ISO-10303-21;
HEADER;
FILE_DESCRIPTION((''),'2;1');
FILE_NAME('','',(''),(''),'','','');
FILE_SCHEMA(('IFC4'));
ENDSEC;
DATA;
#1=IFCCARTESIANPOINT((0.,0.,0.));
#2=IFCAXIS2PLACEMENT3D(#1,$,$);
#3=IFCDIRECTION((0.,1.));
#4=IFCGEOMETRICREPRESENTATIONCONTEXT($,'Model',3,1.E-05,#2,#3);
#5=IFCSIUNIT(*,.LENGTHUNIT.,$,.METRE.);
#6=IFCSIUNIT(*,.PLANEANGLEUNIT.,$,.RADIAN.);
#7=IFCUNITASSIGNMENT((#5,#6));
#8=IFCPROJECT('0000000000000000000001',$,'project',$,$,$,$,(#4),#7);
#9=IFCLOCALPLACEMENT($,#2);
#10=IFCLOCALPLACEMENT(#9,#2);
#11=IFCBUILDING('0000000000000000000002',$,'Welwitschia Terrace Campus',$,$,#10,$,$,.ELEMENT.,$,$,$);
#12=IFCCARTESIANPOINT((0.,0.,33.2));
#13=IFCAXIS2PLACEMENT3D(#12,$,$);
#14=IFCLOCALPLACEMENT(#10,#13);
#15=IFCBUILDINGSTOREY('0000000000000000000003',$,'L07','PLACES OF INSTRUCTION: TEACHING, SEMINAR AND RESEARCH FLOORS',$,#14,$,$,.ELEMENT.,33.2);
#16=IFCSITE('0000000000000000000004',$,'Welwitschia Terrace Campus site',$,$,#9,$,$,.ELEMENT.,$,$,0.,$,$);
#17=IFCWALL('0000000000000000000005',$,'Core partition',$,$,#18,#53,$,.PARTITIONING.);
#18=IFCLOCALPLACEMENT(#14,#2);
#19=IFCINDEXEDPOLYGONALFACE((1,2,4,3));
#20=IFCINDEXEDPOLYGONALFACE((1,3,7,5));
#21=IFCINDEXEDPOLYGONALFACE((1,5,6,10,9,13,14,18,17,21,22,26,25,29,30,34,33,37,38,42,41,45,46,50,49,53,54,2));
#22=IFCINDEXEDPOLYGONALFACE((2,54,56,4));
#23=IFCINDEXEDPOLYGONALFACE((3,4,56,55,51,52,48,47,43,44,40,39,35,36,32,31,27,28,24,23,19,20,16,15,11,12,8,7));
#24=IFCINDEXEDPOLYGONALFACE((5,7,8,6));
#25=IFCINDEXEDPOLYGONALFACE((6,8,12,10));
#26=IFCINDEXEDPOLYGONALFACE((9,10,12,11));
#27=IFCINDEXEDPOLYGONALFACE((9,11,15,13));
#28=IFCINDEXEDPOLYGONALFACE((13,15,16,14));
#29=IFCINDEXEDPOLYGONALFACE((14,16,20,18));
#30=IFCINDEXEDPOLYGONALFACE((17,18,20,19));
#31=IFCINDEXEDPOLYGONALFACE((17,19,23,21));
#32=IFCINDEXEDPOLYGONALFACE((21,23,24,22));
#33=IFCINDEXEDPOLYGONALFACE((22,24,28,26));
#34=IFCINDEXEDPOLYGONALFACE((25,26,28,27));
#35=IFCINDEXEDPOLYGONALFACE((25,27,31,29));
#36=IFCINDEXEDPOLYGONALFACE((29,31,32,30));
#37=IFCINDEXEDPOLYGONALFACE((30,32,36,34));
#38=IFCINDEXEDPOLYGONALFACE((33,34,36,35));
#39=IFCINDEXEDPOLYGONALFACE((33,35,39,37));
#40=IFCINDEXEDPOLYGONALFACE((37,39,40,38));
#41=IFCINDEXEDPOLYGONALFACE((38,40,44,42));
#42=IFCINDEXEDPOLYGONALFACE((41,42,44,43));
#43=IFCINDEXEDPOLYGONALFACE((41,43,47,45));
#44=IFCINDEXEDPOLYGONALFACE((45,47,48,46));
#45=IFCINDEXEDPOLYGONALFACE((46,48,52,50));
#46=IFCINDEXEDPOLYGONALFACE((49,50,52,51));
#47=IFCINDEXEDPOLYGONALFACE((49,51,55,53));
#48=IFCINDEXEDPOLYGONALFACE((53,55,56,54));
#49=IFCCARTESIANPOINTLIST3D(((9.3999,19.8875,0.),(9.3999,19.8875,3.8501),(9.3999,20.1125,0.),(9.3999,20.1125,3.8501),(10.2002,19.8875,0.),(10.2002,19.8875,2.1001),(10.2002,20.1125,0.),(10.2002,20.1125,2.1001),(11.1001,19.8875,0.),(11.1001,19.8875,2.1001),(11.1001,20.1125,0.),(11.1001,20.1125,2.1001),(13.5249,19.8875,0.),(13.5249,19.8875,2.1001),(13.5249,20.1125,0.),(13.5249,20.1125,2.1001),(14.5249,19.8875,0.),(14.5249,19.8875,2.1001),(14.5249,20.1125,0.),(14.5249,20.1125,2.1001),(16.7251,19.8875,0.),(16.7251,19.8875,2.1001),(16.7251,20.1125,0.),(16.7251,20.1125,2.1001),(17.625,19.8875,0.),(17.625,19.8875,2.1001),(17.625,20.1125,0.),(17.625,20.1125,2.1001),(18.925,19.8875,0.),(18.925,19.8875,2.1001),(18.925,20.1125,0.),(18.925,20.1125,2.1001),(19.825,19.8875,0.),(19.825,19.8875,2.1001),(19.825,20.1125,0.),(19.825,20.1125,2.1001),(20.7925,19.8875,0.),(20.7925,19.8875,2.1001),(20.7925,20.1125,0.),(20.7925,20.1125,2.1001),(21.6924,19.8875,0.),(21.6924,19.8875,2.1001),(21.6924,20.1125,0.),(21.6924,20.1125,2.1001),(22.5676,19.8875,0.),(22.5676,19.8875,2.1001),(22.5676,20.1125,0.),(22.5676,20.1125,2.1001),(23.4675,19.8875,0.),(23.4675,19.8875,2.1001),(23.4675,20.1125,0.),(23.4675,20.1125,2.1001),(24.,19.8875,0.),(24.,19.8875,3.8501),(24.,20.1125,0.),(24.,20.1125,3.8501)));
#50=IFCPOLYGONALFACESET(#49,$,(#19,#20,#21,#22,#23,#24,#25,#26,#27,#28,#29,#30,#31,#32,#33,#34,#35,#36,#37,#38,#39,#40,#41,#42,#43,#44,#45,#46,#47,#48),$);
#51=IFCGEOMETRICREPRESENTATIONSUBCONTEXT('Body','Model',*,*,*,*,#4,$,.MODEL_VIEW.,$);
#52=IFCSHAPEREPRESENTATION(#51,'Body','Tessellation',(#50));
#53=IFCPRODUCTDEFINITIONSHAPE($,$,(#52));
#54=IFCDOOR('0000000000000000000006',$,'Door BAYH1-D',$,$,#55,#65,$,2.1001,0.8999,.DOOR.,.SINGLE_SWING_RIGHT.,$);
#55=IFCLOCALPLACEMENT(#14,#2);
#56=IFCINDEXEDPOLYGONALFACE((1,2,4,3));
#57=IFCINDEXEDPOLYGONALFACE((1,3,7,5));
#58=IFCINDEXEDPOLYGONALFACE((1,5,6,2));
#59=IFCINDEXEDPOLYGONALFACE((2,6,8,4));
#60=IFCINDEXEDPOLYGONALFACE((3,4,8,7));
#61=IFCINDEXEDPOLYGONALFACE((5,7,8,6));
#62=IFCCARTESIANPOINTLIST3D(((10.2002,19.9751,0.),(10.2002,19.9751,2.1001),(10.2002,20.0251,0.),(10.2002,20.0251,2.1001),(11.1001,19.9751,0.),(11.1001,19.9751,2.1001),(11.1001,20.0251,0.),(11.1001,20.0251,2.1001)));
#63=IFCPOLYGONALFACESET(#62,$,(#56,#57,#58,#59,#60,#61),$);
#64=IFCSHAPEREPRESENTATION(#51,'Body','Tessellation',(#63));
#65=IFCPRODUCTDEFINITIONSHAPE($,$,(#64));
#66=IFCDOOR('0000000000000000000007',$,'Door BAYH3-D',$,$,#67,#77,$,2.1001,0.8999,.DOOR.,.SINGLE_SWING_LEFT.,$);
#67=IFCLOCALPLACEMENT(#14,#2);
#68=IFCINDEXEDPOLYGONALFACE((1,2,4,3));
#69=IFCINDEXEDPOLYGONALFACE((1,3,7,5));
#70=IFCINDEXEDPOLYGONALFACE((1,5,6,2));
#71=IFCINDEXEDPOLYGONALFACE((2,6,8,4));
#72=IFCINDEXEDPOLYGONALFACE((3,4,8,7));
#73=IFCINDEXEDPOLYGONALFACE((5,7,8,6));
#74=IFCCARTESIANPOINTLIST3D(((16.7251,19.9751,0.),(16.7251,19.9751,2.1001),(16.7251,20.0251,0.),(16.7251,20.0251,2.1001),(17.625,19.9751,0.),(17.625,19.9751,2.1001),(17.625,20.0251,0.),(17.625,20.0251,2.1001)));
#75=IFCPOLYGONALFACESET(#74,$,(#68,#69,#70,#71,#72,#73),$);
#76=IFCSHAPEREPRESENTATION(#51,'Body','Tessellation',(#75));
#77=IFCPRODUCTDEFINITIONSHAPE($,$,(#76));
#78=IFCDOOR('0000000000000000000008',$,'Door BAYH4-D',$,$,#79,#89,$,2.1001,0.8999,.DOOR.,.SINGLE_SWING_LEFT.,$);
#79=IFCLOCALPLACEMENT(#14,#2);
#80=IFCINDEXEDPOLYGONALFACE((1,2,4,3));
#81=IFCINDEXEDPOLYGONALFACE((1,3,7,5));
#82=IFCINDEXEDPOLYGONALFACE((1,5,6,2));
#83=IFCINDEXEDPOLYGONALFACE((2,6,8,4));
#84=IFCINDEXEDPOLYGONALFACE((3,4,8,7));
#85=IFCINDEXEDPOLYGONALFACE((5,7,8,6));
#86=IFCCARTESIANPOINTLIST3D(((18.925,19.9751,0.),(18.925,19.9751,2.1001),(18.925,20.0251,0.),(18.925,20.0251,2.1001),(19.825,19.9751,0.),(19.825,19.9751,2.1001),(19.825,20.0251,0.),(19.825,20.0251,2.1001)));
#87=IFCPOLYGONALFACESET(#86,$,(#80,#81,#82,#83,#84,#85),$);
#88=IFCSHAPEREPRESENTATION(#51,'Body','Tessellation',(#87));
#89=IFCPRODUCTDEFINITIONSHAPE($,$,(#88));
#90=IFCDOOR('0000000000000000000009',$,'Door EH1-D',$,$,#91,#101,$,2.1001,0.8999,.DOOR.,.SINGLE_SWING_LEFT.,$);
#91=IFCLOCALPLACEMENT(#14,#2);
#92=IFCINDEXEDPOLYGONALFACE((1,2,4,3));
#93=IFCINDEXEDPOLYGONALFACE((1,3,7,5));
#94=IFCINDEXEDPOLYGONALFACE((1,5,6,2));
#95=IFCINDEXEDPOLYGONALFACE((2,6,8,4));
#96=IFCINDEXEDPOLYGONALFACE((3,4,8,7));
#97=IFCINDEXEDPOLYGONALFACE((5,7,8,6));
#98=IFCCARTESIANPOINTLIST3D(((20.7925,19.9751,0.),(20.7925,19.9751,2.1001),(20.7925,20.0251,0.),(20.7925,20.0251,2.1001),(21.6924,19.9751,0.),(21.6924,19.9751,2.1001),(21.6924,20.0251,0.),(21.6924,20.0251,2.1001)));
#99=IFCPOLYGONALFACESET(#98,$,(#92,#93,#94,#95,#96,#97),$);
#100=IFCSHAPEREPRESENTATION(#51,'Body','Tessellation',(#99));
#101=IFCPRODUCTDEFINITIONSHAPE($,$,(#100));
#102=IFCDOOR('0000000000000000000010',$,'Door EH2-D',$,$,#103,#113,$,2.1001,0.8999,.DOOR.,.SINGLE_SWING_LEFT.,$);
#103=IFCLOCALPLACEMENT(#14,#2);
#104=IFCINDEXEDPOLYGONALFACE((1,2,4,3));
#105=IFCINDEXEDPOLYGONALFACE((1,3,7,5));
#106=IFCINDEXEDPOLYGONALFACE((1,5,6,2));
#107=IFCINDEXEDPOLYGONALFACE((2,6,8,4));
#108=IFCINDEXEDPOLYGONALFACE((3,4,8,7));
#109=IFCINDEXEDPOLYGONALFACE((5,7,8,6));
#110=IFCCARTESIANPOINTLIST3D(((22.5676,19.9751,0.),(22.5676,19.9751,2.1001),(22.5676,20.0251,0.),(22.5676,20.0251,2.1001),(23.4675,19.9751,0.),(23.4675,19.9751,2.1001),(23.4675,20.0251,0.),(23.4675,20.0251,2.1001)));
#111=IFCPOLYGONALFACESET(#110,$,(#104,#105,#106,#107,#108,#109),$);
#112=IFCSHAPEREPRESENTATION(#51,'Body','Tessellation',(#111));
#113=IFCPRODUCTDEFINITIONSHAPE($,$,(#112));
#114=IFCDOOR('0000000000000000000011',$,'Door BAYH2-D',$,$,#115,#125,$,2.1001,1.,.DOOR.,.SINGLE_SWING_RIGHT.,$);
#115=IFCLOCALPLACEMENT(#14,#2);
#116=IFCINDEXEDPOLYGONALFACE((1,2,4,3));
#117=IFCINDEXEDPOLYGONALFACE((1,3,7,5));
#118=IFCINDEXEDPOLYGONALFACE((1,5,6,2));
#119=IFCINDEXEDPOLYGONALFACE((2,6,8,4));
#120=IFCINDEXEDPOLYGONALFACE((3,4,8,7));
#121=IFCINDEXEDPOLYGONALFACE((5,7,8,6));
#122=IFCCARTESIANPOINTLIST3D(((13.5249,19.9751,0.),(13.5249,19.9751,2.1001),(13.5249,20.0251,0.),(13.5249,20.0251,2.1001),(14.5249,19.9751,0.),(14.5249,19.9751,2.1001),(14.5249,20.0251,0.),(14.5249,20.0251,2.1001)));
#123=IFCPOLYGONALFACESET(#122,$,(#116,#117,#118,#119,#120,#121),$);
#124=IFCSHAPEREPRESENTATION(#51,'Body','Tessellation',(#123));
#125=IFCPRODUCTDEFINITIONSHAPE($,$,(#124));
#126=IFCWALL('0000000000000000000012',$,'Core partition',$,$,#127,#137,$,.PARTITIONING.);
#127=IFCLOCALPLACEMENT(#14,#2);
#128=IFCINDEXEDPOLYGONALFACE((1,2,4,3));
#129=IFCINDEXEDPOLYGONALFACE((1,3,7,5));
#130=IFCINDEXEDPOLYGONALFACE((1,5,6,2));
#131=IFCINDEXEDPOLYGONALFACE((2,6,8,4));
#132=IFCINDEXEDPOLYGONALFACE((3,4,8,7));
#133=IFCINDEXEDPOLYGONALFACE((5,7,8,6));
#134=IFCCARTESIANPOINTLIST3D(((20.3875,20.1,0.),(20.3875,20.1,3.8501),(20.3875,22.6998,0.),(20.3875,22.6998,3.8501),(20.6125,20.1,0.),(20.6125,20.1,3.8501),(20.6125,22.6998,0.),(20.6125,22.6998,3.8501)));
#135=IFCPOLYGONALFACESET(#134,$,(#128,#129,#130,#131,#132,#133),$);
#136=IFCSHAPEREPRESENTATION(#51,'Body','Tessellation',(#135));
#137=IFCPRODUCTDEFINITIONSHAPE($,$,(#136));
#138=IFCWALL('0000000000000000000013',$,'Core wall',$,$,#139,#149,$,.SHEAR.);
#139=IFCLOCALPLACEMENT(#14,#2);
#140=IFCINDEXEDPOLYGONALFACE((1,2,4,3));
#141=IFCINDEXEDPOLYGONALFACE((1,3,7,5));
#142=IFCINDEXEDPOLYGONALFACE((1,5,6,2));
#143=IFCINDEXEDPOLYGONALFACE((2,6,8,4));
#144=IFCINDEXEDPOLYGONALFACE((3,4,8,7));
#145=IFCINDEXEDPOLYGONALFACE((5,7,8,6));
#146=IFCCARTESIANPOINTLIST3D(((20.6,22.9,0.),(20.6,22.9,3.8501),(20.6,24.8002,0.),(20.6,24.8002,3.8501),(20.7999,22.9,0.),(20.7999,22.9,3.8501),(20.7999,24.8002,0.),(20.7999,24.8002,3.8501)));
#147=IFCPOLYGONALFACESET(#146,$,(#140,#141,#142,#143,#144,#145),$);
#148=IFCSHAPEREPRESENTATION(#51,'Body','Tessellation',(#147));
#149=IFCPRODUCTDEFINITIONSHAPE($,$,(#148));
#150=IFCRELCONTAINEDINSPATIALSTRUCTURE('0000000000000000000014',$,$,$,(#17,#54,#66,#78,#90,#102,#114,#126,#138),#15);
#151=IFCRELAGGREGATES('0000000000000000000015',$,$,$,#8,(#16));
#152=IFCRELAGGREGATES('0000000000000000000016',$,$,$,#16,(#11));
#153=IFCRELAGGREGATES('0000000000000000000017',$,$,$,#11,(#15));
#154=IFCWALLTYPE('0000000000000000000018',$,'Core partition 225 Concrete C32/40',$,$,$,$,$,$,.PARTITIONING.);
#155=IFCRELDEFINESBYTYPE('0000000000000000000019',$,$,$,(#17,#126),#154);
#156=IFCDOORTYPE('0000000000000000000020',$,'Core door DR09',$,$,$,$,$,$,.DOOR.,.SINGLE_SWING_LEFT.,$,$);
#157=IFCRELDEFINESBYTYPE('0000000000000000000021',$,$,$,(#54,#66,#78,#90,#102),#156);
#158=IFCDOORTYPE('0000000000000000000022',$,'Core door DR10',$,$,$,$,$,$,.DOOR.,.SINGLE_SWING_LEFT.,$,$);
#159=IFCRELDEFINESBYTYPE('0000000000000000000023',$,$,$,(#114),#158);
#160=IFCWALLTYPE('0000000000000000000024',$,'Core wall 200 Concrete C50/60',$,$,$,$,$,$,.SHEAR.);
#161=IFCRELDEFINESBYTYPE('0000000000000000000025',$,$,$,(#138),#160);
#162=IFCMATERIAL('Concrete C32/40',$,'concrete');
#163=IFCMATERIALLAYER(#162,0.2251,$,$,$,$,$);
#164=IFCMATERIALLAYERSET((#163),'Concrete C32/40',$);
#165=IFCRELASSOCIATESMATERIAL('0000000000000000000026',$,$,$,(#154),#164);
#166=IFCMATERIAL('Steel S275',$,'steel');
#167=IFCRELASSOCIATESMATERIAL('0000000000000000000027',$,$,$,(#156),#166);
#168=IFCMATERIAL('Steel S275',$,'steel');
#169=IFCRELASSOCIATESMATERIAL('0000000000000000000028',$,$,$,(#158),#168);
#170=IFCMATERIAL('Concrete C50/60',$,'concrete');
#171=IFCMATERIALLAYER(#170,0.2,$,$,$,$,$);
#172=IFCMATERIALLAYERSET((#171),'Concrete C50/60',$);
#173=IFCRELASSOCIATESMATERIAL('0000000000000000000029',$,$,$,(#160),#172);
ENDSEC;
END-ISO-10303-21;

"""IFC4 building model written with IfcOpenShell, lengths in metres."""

from ifc_helpers import new_model, si_unit, direction, frame, frame_2d, origin, place, context, subcontext, project, spatial, rectangle, extrude, material, layer, layer_set, type_object, element, fill, save


model = new_model("IFC4")

# Units and contexts
model_context = context("Model", 3, precision=1e-05, world=origin(), true_north=direction((0.0, 1.0)))
body_context = subcontext(model_context, "Body", "Model", "MODEL_VIEW")
ifc_project = project(units=[si_unit("LENGTHUNIT", "METRE"), si_unit("PLANEANGLEUNIT", "RADIAN")], contexts=[model_context])

# Site, building, storey
site_placement = place(None, origin())
site = spatial("IfcSite", under=ifc_project, at=site_placement, Name="Welwitschia Terrace Campus site", CompositionType="ELEMENT", RefElevation=0.0)
building_placement = place(site_placement, origin())
building = spatial("IfcBuilding", under=site, at=building_placement, Name="Welwitschia Terrace Campus", CompositionType="ELEMENT")
storey_placement = place(building_placement, frame((0.0, 0.0, 33.2)))
storey = spatial("IfcBuildingStorey", under=building, at=storey_placement, Name="L07", Description="PLACES OF INSTRUCTION: TEACHING, SEMINAR AND RESEARCH FLOORS", CompositionType="ELEMENT", Elevation=33.2)

# Wall, openings, doors
ifc_material_1 = material(Name="Concrete C32/40", Category="concrete")
ifc_layer_1 = layer(ifc_material_1, 0.2251)
ifc_layer_set_1 = layer_set([ifc_layer_1], Name="Concrete C32/40")
wall_type_1 = type_object("IfcWallType", Name="Core partition 225 Concrete C32/40", PredefinedType="PARTITIONING", material=ifc_layer_set_1)
wall_1_placement = place(storey_placement, frame((24.0, 20.0, 0.0), z_axis=(0.0, 0.0, 1.0), x_axis=(-1.0, 0.0, 0.0)))
wall_1 = element("IfcWall", 1, at=wall_1_placement, inside=storey, type_object=wall_type_1, Name="Core partition", PredefinedType="PARTITIONING", context=body_context, shape_type="SweptSolid", body=[
    extrude(rectangle(XDim=14.6001, YDim=0.2251, at=frame_2d((7.3, 0.0))), origin(), (0.0, 0.0, 1.0), 3.8501),
])
opening_1_placement = place(wall_1_placement, frame((12.8999, 0.0, 0.0)))
opening_1 = element("IfcOpeningElement", 2, at=opening_1_placement, cuts=wall_1, PredefinedType="OPENING", context=body_context, shape_type="SweptSolid", body=[
    extrude(rectangle(XDim=0.8999, YDim=2.1001, at=frame_2d((0.45, 1.05))), frame((0.0, 0.1226, 0.0), z_axis=(0.0, -1.0, 0.0), x_axis=(1.0, 0.0, 0.0)), (0.0, 0.0, 1.0), 0.2451),
])
opening_2_placement = place(wall_1_placement, frame((9.4751, 0.0, 0.0)))
opening_2 = element("IfcOpeningElement", 3, at=opening_2_placement, cuts=wall_1, PredefinedType="OPENING", context=body_context, shape_type="SweptSolid", body=[
    extrude(rectangle(XDim=1.0, YDim=2.1001, at=frame_2d((0.5, 1.05))), frame((0.0, 0.1226, 0.0), z_axis=(0.0, -1.0, 0.0), x_axis=(1.0, 0.0, 0.0)), (0.0, 0.0, 1.0), 0.2451),
])
opening_3_placement = place(wall_1_placement, frame((6.375, 0.0, 0.0)))
opening_3 = element("IfcOpeningElement", 4, at=opening_3_placement, cuts=wall_1, PredefinedType="OPENING", context=body_context, shape_type="SweptSolid", body=[
    extrude(rectangle(XDim=0.8999, YDim=2.1001, at=frame_2d((0.45, 1.05))), frame((0.0, 0.1226, 0.0), z_axis=(0.0, -1.0, 0.0), x_axis=(1.0, 0.0, 0.0)), (0.0, 0.0, 1.0), 0.2451),
])
opening_4_placement = place(wall_1_placement, frame((4.175, 0.0, 0.0)))
opening_4 = element("IfcOpeningElement", 5, at=opening_4_placement, cuts=wall_1, PredefinedType="OPENING", context=body_context, shape_type="SweptSolid", body=[
    extrude(rectangle(XDim=0.8999, YDim=2.1001, at=frame_2d((0.45, 1.05))), frame((0.0, 0.1226, 0.0), z_axis=(0.0, -1.0, 0.0), x_axis=(1.0, 0.0, 0.0)), (0.0, 0.0, 1.0), 0.2451),
])
opening_5_placement = place(wall_1_placement, frame((2.3076, 0.0, 0.0)))
opening_5 = element("IfcOpeningElement", 6, at=opening_5_placement, cuts=wall_1, PredefinedType="OPENING", context=body_context, shape_type="SweptSolid", body=[
    extrude(rectangle(XDim=0.8999, YDim=2.1001, at=frame_2d((0.45, 1.05))), frame((0.0, 0.1226, 0.0), z_axis=(0.0, -1.0, 0.0), x_axis=(1.0, 0.0, 0.0)), (0.0, 0.0, 1.0), 0.2451),
])
opening_6_placement = place(wall_1_placement, frame((0.5325, 0.0, 0.0)))
opening_6 = element("IfcOpeningElement", 7, at=opening_6_placement, cuts=wall_1, PredefinedType="OPENING", context=body_context, shape_type="SweptSolid", body=[
    extrude(rectangle(XDim=0.8999, YDim=2.1001, at=frame_2d((0.45, 1.05))), frame((0.0, 0.1226, 0.0), z_axis=(0.0, -1.0, 0.0), x_axis=(1.0, 0.0, 0.0)), (0.0, 0.0, 1.0), 0.2451),
])
ifc_material_2 = material(Name="Steel S275", Category="steel")
door_type_1 = type_object("IfcDoorType", Name="Core door DR09", OperationType="SINGLE_SWING_LEFT", PredefinedType="DOOR", material=ifc_material_2)
door_1_placement = place(opening_1_placement, origin())
door_1 = element("IfcDoor", 8, at=door_1_placement, inside=storey, type_object=door_type_1, Name="Door BAYH1-D", OperationType="SINGLE_SWING_RIGHT", OverallHeight=2.1001, OverallWidth=0.8999, PredefinedType="DOOR", context=body_context, shape_type="SweptSolid", body=[
    extrude(rectangle(XDim=0.8999, YDim=2.1001, at=frame_2d((0.45, 1.05))), frame((0.0, 0.0249, 0.0), z_axis=(0.0, -1.0, 0.0), x_axis=(1.0, 0.0, 0.0)), (0.0, 0.0, 1.0), 0.05),
])
fill(opening_1, door_1)
door_2_placement = place(opening_3_placement, origin())
door_2 = element("IfcDoor", 9, at=door_2_placement, inside=storey, type_object=door_type_1, Name="Door BAYH3-D", OperationType="SINGLE_SWING_LEFT", OverallHeight=2.1001, OverallWidth=0.8999, PredefinedType="DOOR", context=body_context, shape_type="SweptSolid", body=[
    extrude(rectangle(XDim=0.8999, YDim=2.1001, at=frame_2d((0.45, 1.05))), frame((0.0, 0.0249, 0.0), z_axis=(0.0, -1.0, 0.0), x_axis=(1.0, 0.0, 0.0)), (0.0, 0.0, 1.0), 0.05),
])
fill(opening_3, door_2)
door_3_placement = place(opening_4_placement, origin())
door_3 = element("IfcDoor", 10, at=door_3_placement, inside=storey, type_object=door_type_1, Name="Door BAYH4-D", OperationType="SINGLE_SWING_LEFT", OverallHeight=2.1001, OverallWidth=0.8999, PredefinedType="DOOR", context=body_context, shape_type="SweptSolid", body=[
    extrude(rectangle(XDim=0.8999, YDim=2.1001, at=frame_2d((0.45, 1.05))), frame((0.0, 0.0249, 0.0), z_axis=(0.0, -1.0, 0.0), x_axis=(1.0, 0.0, 0.0)), (0.0, 0.0, 1.0), 0.05),
])
fill(opening_4, door_3)
door_4_placement = place(opening_5_placement, origin())
door_4 = element("IfcDoor", 11, at=door_4_placement, inside=storey, type_object=door_type_1, Name="Door EH1-D", OperationType="SINGLE_SWING_LEFT", OverallHeight=2.1001, OverallWidth=0.8999, PredefinedType="DOOR", context=body_context, shape_type="SweptSolid", body=[
    extrude(rectangle(XDim=0.8999, YDim=2.1001, at=frame_2d((0.45, 1.05))), frame((0.0, 0.0249, 0.0), z_axis=(0.0, -1.0, 0.0), x_axis=(1.0, 0.0, 0.0)), (0.0, 0.0, 1.0), 0.05),
])
fill(opening_5, door_4)
door_5_placement = place(opening_6_placement, origin())
door_5 = element("IfcDoor", 12, at=door_5_placement, inside=storey, type_object=door_type_1, Name="Door EH2-D", OperationType="SINGLE_SWING_LEFT", OverallHeight=2.1001, OverallWidth=0.8999, PredefinedType="DOOR", context=body_context, shape_type="SweptSolid", body=[
    extrude(rectangle(XDim=0.8999, YDim=2.1001, at=frame_2d((0.45, 1.05))), frame((0.0, 0.0249, 0.0), z_axis=(0.0, -1.0, 0.0), x_axis=(1.0, 0.0, 0.0)), (0.0, 0.0, 1.0), 0.05),
])
fill(opening_6, door_5)
ifc_material_3 = material(Name="Steel S275", Category="steel")
door_type_2 = type_object("IfcDoorType", Name="Core door DR10", OperationType="SINGLE_SWING_LEFT", PredefinedType="DOOR", material=ifc_material_3)
door_6_placement = place(opening_2_placement, origin())
door_6 = element("IfcDoor", 13, at=door_6_placement, inside=storey, type_object=door_type_2, Name="Door BAYH2-D", OperationType="SINGLE_SWING_RIGHT", OverallHeight=2.1001, OverallWidth=1.0, PredefinedType="DOOR", context=body_context, shape_type="SweptSolid", body=[
    extrude(rectangle(XDim=1.0, YDim=2.1001, at=frame_2d((0.5, 1.05))), frame((0.0, 0.0249, 0.0), z_axis=(0.0, -1.0, 0.0), x_axis=(1.0, 0.0, 0.0)), (0.0, 0.0, 1.0), 0.05),
])
fill(opening_2, door_6)

# Walls
wall_2_placement = place(storey_placement, frame((20.5, 20.1001, 0.0), z_axis=(0.0, 0.0, 1.0), x_axis=(0.0, 1.0, 0.0)))
element("IfcWall", 14, at=wall_2_placement, inside=storey, type_object=wall_type_1, Name="Core partition", PredefinedType="PARTITIONING", context=body_context, shape_type="SweptSolid", body=[
    extrude(rectangle(XDim=2.5999, YDim=0.2251, at=frame_2d((1.2998, 0.0))), origin(), (0.0, 0.0, 1.0), 3.8501),
])
ifc_material_4 = material(Name="Concrete C50/60", Category="concrete")
ifc_layer_2 = layer(ifc_material_4, 0.2)
ifc_layer_set_2 = layer_set([ifc_layer_2], Name="Concrete C50/60")
wall_type_2 = type_object("IfcWallType", Name="Core wall 200 Concrete C50/60", PredefinedType="SHEAR", material=ifc_layer_set_2)
wall_3_placement = place(storey_placement, frame((20.7, 22.8999, 0.0), z_axis=(0.0, 0.0, 1.0), x_axis=(0.0, 1.0, 0.0)))
element("IfcWall", 15, at=wall_3_placement, inside=storey, type_object=wall_type_2, Name="Core wall", PredefinedType="SHEAR", context=body_context, shape_type="SweptSolid", body=[
    extrude(rectangle(XDim=1.9001, YDim=0.2, at=frame_2d((0.9502, 0.0))), origin(), (0.0, 0.0, 1.0), 3.8501),
])

save(model, "model.ifc")
